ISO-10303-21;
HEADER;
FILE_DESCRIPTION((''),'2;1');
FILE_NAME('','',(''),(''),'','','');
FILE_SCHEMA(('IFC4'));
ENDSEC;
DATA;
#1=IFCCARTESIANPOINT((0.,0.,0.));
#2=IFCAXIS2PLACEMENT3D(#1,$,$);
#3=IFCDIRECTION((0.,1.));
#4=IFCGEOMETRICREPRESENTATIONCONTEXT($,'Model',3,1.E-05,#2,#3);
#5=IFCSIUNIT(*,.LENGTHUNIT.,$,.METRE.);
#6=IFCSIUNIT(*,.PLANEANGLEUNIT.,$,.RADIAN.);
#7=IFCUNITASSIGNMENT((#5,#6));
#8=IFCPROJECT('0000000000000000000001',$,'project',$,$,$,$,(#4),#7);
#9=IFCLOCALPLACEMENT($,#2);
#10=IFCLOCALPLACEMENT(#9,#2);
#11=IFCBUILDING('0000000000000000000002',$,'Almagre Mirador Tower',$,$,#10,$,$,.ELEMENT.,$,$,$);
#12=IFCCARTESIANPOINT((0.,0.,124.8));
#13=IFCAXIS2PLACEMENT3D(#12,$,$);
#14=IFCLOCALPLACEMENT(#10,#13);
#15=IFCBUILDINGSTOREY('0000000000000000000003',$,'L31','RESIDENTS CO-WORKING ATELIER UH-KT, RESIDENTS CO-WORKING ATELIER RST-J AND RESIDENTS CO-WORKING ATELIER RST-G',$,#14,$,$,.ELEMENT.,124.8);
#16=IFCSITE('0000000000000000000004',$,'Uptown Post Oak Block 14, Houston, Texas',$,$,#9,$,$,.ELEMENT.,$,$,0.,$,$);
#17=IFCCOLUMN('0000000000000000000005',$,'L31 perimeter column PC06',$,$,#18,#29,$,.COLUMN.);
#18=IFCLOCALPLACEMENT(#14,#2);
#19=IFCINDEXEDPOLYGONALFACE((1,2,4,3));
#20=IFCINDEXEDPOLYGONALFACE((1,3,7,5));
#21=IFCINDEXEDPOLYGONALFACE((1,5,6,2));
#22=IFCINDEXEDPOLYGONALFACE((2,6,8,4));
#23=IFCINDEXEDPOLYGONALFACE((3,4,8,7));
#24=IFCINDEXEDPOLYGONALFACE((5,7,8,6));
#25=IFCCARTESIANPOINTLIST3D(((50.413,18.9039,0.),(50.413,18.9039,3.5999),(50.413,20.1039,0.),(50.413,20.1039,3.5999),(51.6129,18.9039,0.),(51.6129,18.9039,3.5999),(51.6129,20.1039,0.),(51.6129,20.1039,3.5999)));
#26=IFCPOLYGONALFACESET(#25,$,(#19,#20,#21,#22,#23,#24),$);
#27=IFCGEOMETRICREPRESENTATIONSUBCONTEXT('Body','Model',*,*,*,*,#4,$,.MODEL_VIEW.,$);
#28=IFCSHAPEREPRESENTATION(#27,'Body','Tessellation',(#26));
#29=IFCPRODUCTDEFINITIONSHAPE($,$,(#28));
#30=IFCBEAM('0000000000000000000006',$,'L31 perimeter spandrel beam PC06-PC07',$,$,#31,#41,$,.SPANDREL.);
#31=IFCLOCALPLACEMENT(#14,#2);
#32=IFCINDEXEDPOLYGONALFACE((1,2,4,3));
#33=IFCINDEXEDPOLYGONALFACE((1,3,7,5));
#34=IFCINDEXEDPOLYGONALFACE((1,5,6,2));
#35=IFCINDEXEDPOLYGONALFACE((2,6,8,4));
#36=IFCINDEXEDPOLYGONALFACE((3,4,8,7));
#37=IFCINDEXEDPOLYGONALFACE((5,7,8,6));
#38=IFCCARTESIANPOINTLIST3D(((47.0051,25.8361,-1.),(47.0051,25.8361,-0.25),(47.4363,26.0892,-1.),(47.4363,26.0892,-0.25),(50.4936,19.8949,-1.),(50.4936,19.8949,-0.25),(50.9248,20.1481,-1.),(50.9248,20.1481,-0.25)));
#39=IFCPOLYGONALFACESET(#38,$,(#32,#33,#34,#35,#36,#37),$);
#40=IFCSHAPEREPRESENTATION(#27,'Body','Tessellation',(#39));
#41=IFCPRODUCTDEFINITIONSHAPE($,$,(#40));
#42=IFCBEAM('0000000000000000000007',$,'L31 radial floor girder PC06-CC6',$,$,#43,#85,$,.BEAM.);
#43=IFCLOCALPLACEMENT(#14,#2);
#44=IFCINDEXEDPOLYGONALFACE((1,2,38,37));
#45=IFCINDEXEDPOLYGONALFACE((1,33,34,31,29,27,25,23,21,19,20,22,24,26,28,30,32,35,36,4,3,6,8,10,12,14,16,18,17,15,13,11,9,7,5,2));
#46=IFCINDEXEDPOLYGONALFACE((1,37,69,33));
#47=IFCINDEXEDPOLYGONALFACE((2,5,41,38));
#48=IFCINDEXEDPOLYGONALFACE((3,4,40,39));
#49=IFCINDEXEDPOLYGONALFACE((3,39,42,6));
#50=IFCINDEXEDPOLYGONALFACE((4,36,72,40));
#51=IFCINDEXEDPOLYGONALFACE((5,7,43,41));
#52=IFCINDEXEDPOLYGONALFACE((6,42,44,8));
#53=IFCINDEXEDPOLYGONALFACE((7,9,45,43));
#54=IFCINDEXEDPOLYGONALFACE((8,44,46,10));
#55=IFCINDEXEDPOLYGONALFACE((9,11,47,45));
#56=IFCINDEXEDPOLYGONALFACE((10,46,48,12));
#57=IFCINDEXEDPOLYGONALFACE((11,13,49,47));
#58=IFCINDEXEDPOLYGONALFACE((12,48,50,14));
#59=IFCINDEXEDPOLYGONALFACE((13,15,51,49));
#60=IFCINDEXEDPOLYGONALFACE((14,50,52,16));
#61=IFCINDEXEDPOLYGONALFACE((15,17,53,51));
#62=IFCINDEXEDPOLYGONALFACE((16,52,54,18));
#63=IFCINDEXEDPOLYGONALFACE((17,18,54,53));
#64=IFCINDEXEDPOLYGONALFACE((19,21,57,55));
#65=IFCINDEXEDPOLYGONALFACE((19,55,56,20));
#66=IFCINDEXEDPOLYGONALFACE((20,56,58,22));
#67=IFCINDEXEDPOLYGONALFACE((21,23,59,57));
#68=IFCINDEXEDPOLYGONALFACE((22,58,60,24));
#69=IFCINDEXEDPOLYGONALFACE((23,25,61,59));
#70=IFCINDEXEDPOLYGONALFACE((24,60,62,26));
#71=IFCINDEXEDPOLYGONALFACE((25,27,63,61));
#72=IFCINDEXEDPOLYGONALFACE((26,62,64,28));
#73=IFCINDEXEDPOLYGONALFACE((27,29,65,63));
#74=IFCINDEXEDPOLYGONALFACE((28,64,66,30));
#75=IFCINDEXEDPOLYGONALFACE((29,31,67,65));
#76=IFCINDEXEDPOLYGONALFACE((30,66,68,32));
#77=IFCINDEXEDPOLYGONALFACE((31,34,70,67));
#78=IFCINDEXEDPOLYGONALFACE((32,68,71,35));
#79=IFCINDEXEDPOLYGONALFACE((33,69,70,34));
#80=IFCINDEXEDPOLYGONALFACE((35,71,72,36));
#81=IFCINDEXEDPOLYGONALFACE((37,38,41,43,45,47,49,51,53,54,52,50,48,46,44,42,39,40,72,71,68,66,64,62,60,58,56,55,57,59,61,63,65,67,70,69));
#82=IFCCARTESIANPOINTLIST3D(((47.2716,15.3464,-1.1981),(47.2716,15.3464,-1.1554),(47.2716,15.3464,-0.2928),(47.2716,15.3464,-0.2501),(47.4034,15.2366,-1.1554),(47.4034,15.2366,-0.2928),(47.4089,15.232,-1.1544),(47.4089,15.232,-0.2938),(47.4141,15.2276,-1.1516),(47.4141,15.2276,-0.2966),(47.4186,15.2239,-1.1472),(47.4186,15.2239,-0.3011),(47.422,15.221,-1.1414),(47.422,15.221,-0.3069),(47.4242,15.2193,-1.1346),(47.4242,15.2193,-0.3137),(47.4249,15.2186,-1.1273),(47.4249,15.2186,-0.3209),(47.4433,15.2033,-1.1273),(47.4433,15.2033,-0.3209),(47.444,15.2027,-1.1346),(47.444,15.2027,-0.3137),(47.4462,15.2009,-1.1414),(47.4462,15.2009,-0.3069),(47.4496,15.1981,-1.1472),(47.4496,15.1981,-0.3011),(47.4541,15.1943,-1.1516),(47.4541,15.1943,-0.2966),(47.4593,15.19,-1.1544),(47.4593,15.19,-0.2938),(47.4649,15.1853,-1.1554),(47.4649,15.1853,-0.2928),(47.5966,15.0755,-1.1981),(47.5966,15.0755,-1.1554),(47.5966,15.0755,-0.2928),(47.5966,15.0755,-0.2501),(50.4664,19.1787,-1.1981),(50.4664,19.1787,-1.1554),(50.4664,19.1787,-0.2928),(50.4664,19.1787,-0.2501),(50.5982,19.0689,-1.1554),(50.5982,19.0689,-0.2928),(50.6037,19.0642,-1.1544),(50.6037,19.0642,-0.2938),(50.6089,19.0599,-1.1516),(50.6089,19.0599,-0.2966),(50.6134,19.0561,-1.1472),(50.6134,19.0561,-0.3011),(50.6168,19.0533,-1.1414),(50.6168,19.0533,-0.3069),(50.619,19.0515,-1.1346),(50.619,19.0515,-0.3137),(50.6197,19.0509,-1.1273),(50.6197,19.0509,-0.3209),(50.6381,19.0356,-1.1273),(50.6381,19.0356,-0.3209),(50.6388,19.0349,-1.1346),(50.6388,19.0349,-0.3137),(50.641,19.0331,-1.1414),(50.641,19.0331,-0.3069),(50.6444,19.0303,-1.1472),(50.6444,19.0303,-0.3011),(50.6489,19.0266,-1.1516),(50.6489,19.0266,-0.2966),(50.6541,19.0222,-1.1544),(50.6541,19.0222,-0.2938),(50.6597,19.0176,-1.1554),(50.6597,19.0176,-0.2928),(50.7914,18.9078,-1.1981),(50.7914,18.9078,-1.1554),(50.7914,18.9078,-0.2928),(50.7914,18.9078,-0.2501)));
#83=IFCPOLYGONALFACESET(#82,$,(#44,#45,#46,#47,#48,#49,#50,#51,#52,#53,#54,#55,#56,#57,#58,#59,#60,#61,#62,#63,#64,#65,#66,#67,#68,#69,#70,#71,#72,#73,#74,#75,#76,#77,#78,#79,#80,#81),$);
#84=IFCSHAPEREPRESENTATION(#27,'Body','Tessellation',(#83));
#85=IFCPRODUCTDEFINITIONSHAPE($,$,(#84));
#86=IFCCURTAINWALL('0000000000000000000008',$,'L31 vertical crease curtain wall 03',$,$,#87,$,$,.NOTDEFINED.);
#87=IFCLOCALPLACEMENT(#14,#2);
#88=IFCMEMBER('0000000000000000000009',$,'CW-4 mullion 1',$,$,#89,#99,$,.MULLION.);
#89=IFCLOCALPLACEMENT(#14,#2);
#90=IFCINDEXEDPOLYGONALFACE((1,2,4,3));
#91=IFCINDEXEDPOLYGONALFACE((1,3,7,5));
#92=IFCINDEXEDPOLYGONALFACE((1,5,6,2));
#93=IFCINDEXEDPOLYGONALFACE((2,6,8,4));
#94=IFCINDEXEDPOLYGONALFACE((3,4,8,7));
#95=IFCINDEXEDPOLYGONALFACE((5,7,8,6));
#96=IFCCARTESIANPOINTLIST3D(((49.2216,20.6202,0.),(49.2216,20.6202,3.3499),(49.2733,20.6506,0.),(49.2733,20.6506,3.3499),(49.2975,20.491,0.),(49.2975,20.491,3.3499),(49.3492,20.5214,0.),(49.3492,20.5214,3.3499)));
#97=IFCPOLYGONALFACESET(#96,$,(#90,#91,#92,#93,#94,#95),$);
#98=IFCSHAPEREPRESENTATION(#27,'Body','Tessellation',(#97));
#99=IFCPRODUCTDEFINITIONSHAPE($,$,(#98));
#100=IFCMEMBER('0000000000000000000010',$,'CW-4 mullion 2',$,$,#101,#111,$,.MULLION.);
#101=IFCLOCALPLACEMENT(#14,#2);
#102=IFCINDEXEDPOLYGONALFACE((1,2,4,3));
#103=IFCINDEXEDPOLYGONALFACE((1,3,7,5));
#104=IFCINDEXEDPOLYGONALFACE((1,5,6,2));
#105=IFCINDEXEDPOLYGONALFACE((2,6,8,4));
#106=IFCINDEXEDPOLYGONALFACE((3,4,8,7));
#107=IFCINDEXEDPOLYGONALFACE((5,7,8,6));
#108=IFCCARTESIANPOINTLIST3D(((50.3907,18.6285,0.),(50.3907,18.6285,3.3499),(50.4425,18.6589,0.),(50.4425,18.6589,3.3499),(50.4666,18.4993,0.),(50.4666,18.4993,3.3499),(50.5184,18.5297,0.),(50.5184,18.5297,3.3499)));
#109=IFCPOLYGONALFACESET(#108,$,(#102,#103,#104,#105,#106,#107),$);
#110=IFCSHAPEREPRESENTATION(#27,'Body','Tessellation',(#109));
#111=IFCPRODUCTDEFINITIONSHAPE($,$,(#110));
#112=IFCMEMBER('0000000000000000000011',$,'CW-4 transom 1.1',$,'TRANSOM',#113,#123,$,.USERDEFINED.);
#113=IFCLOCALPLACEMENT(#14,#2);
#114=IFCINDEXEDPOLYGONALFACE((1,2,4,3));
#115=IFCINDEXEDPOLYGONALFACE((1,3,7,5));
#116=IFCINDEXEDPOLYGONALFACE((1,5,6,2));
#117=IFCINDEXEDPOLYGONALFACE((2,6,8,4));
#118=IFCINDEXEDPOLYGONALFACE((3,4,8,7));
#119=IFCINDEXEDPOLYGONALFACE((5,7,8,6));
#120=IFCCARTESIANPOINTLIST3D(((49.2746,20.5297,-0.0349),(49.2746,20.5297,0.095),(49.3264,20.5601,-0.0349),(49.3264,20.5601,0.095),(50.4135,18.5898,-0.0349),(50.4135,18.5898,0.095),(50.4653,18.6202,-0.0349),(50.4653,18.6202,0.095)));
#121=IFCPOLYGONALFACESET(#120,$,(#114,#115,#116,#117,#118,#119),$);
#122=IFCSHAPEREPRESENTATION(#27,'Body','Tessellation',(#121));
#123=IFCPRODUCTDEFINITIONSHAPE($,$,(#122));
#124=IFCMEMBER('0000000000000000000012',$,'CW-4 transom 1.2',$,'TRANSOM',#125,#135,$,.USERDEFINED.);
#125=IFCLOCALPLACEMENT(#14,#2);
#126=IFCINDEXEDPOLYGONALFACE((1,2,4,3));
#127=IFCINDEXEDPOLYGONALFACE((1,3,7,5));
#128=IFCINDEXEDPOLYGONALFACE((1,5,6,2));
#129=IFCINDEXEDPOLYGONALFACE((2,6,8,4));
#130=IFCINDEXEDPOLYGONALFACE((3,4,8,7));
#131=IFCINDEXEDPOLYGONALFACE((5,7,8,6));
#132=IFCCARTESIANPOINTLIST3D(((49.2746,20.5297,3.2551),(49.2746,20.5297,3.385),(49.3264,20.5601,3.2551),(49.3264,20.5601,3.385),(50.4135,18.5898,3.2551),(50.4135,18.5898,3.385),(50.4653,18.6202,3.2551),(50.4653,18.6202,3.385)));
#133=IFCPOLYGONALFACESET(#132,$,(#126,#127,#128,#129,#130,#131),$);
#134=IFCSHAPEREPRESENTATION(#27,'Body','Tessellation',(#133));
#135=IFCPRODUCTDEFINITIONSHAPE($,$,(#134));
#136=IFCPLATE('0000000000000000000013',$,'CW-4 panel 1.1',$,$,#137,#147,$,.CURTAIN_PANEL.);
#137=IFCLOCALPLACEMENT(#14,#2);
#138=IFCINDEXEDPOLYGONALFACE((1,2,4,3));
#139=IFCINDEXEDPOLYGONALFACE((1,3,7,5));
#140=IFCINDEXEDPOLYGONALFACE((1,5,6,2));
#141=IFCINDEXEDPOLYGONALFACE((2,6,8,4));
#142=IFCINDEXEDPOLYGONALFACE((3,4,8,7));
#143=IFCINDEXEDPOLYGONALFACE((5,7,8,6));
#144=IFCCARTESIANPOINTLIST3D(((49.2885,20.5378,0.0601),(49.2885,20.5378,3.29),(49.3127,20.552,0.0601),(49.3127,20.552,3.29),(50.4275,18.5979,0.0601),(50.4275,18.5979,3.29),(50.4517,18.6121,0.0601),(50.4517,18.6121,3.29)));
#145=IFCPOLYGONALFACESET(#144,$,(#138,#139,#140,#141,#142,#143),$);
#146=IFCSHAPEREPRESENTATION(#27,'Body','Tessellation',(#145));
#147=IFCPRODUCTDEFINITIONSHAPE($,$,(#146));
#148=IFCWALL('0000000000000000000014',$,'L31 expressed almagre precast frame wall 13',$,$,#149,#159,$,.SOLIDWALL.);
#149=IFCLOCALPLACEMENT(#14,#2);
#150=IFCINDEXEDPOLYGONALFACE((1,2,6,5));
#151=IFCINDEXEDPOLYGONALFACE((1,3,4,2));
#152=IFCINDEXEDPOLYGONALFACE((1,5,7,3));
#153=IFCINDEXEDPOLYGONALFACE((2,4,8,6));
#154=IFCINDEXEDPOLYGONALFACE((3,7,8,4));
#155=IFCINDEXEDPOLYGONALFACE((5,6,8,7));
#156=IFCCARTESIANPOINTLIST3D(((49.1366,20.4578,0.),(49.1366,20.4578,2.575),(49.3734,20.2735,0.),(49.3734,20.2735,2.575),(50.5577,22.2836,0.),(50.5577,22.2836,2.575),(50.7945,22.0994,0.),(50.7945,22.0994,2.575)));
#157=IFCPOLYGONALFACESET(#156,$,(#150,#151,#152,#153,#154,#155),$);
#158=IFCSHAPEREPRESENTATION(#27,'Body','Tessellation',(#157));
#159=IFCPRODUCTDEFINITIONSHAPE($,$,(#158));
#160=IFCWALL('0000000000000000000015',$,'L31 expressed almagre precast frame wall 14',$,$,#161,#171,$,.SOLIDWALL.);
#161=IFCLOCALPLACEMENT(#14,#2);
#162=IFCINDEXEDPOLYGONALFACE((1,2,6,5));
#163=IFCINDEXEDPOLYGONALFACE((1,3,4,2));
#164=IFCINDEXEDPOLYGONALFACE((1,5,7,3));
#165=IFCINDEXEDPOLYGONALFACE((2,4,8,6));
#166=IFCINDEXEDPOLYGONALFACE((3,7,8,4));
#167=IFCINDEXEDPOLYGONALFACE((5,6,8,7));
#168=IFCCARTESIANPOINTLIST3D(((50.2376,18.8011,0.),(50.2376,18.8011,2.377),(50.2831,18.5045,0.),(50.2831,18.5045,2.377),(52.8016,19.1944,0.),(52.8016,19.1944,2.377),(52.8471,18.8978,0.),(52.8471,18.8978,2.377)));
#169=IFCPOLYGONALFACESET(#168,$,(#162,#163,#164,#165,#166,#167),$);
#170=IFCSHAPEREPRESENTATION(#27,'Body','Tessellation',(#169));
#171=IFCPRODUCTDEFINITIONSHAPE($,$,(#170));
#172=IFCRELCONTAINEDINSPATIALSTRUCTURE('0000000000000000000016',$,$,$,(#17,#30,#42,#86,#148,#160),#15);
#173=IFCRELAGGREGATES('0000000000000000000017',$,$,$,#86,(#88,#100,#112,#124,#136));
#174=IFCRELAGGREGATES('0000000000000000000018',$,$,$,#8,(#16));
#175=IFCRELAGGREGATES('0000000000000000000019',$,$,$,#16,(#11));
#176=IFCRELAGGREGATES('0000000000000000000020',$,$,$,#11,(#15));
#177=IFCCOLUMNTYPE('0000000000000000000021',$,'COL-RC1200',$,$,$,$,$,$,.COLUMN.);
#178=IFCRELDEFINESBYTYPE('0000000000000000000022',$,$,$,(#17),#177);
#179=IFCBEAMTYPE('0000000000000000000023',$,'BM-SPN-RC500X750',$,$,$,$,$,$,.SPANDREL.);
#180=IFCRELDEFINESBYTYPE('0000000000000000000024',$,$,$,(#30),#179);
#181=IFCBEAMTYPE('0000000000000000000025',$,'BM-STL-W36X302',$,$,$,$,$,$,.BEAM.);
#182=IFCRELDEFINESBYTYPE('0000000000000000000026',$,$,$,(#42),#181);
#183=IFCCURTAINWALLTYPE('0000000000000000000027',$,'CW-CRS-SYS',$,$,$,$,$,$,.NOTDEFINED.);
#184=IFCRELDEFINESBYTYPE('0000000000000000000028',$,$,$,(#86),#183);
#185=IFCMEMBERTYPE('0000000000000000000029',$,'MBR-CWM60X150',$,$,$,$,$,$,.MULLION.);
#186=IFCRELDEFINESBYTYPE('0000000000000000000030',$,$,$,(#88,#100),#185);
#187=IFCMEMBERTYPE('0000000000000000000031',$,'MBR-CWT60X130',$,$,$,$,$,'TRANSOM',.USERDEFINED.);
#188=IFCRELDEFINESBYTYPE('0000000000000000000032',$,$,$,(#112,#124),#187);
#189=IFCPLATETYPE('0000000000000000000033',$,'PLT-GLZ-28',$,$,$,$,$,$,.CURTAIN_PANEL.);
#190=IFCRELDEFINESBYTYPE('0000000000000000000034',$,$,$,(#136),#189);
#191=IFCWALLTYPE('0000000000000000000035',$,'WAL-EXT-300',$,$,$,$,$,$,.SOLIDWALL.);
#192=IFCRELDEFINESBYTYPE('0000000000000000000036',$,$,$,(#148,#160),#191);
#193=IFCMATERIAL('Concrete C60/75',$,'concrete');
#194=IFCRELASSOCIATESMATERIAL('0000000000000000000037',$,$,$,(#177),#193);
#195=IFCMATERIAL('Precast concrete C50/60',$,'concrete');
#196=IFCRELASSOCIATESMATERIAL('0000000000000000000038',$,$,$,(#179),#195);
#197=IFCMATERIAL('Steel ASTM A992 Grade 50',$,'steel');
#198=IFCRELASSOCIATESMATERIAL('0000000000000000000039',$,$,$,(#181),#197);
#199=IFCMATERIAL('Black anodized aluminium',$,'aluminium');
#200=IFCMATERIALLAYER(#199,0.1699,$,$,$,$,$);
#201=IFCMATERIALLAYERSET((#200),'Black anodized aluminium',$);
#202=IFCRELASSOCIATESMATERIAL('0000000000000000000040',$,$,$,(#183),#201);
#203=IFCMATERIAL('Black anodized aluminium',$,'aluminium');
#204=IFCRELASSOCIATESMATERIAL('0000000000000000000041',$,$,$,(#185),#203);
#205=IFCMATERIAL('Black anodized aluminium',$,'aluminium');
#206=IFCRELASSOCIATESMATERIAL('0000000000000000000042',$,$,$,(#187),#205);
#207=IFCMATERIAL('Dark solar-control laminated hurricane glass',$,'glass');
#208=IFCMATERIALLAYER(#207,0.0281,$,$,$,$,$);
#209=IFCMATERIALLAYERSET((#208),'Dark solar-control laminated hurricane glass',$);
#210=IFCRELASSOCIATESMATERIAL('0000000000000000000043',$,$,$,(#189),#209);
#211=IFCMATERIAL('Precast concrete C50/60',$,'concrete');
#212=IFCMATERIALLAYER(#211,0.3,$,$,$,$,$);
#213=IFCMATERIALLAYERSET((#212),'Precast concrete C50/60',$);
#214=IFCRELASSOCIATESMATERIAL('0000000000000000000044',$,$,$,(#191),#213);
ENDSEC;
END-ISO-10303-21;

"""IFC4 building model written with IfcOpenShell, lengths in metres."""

from ifc_helpers import new_model, si_unit, direction, frame, frame_2d, origin, origin_2d, place, context, subcontext, project, spatial, rectangle, i_section, extrude, material, layer, layer_set, material_profile, profile_set, type_object, element, aggregate, save


model = new_model("IFC4")

# Units and contexts
model_context = context("Model", 3, precision=1e-05, world=origin(), true_north=direction((0.0, 1.0)))
body_context = subcontext(model_context, "Body", "Model", "MODEL_VIEW")
ifc_project = project(units=[si_unit("LENGTHUNIT", "METRE"), si_unit("PLANEANGLEUNIT", "RADIAN")], contexts=[model_context])

# Site, building, storey
site_placement = place(None, origin())
site = spatial("IfcSite", under=ifc_project, at=site_placement, Name="Uptown Post Oak Block 14, Houston, Texas", CompositionType="ELEMENT", RefElevation=0.0)
building_placement = place(site_placement, origin())
building = spatial("IfcBuilding", under=site, at=building_placement, Name="Almagre Mirador Tower", CompositionType="ELEMENT")
storey_placement = place(building_placement, frame((0.0, 0.0, 124.8)))
storey = spatial("IfcBuildingStorey", under=building, at=storey_placement, Name="L31", Description="RESIDENTS CO-WORKING ATELIER UH-KT, RESIDENTS CO-WORKING ATELIER RST-J AND RESIDENTS CO-WORKING ATELIER RST-G", CompositionType="ELEMENT", Elevation=124.8)

# Column
ifc_material_1 = material(Name="Concrete C60/75", Category="concrete")
ifc_material_profile_1 = material_profile(ifc_material_1, rectangle(XDim=1.2, YDim=1.2, at=origin_2d()), Name="RC1200X1200")
ifc_profile_set_1 = profile_set([ifc_material_profile_1], Name="Concrete C60/75")
column_type = type_object("IfcColumnType", Name="COL-RC1200", PredefinedType="COLUMN", material=ifc_profile_set_1)
column_placement = place(storey_placement, frame((51.0129, 19.5039, 0.0), z_axis=(0.0, 0.0, 1.0), x_axis=(1.0, 0.0, 0.0)))
element("IfcColumn", 1, at=column_placement, inside=storey, type_object=column_type, Name="L31 perimeter column PC06", PredefinedType="COLUMN", context=body_context, shape_type="SweptSolid", body=[
    extrude(rectangle(XDim=1.2, YDim=1.2, at=origin_2d()), origin(), (0.0, 0.0, 1.0), 3.5999),
])

# Beams
ifc_material_2 = material(Name="Precast concrete C50/60", Category="concrete")
ifc_material_profile_2 = material_profile(ifc_material_2, rectangle(XDim=0.5, YDim=0.75, at=origin_2d()), Name="RC500X750")
ifc_profile_set_2 = profile_set([ifc_material_profile_2], Name="Precast concrete C50/60")
beam_type_1 = type_object("IfcBeamType", Name="BM-SPN-RC500X750", PredefinedType="SPANDREL", material=ifc_profile_set_2)
beam_1_placement = place(storey_placement, frame((50.7092, 20.0215, -0.625), z_axis=(-0.506343, 0.862332, 0.0), x_axis=(-0.862332, -0.506343, 0.0)))
element("IfcBeam", 2, at=beam_1_placement, inside=storey, type_object=beam_type_1, Name="L31 perimeter spandrel beam PC06-PC07", PredefinedType="SPANDREL", context=body_context, shape_type="SweptSolid", body=[
    extrude(rectangle(XDim=0.5, YDim=0.75, at=origin_2d()), origin(), (0.0, 0.0, 1.0), 6.8896),
])
ifc_material_3 = material(Name="Steel ASTM A992 Grade 50", Category="steel")
ifc_material_profile_3 = material_profile(ifc_material_3, i_section(OverallWidth=0.4231, OverallDepth=0.948, WebThickness=0.0239, FlangeThickness=0.0427, FilletRadius=0.0281, at=origin_2d()), Name="W36X302")
ifc_profile_set_3 = profile_set([ifc_material_profile_3], Name="Steel ASTM A992 Grade 50")
beam_type_2 = type_object("IfcBeamType", Name="BM-STL-W36X302", PredefinedType="BEAM", material=ifc_profile_set_3)
beam_2_placement = place(storey_placement, frame((50.6289, 19.0432, -0.7241), z_axis=(-0.640334, -0.768097, 0.0), x_axis=(0.768097, -0.640334, 0.0)))
element("IfcBeam", 3, at=beam_2_placement, inside=storey, type_object=beam_type_2, Name="L31 radial floor girder PC06-CC6", PredefinedType="BEAM", context=body_context, shape_type="SweptSolid", body=[
    extrude(i_section(OverallWidth=0.4231, OverallDepth=0.948, WebThickness=0.0239, FlangeThickness=0.0427, FilletRadius=0.0281, at=origin_2d()), origin(), (0.0, 0.0, 1.0), 4.9893),
])

# Curtain wall, members, plate
ifc_material_4 = material(Name="Black anodized aluminium", Category="aluminium")
ifc_layer_1 = layer(ifc_material_4, 0.1699)
ifc_layer_set_1 = layer_set([ifc_layer_1], Name="Black anodized aluminium")
curtain_wall_type = type_object("IfcCurtainWallType", Name="CW-CRS-SYS", PredefinedType="NOTDEFINED", material=ifc_layer_set_1)
curtain_wall_placement = place(storey_placement, origin())
curtain_wall = element("IfcCurtainWall", 4, at=curtain_wall_placement, inside=storey, type_object=curtain_wall_type, Name="L31 vertical crease curtain wall 03", PredefinedType="NOTDEFINED")
ifc_material_5 = material(Name="Black anodized aluminium", Category="aluminium")
ifc_material_profile_4 = material_profile(ifc_material_5, rectangle(XDim=0.0601, YDim=0.1499, at=origin_2d()), Name="CWM60X150")
ifc_profile_set_4 = profile_set([ifc_material_profile_4], Name="Black anodized aluminium")
member_type_1 = type_object("IfcMemberType", Name="MBR-CWM60X150", PredefinedType="MULLION", material=ifc_profile_set_4)
member_1_placement = place(storey_placement, frame((49.2854, 20.5708, 0.0), z_axis=(0.0, 0.0, 1.0), x_axis=(0.86234, 0.50633, 0.0)))
member_1 = element("IfcMember", 5, at=member_1_placement, type_object=member_type_1, Name="CW-4 mullion 1", PredefinedType="MULLION", context=body_context, shape_type="SweptSolid", body=[
    extrude(rectangle(XDim=0.0601, YDim=0.1499, at=origin_2d()), origin(), (0.0, 0.0, 1.0), 3.3499),
])
member_2_placement = place(storey_placement, frame((50.4546, 18.5791, 0.0), z_axis=(0.0, 0.0, 1.0), x_axis=(0.86234, 0.50633, 0.0)))
member_2 = element("IfcMember", 6, at=member_2_placement, type_object=member_type_1, Name="CW-4 mullion 2", PredefinedType="MULLION", context=body_context, shape_type="SweptSolid", body=[
    extrude(rectangle(XDim=0.0601, YDim=0.1499, at=origin_2d()), origin(), (0.0, 0.0, 1.0), 3.3499),
])
ifc_material_6 = material(Name="Black anodized aluminium", Category="aluminium")
ifc_material_profile_5 = material_profile(ifc_material_6, rectangle(XDim=0.0601, YDim=0.1299, at=origin_2d()), Name="CWT60X130")
ifc_profile_set_5 = profile_set([ifc_material_profile_5], Name="Black anodized aluminium")
member_type_2 = type_object("IfcMemberType", Name="MBR-CWT60X130", ElementType="TRANSOM", PredefinedType="USERDEFINED", material=ifc_profile_set_5)
member_3_placement = place(storey_placement, frame((49.3005, 20.5449, 0.03), z_axis=(0.506285, -0.862366, 0.0), x_axis=(0.862366, 0.506285, 0.0)))
member_3 = element("IfcMember", 7, at=member_3_placement, type_object=member_type_2, Name="CW-4 transom 1.1", ObjectType="TRANSOM", PredefinedType="USERDEFINED", context=body_context, shape_type="SweptSolid", body=[
    extrude(rectangle(XDim=0.0601, YDim=0.1299, at=origin_2d()), origin(), (0.0, 0.0, 1.0), 2.2495),
])
member_4_placement = place(storey_placement, frame((49.3005, 20.5449, 3.3201), z_axis=(0.506285, -0.862366, 0.0), x_axis=(0.862366, 0.506285, 0.0)))
member_4 = element("IfcMember", 8, at=member_4_placement, type_object=member_type_2, Name="CW-4 transom 1.2", ObjectType="TRANSOM", PredefinedType="USERDEFINED", context=body_context, shape_type="SweptSolid", body=[
    extrude(rectangle(XDim=0.0601, YDim=0.1299, at=origin_2d()), origin(), (0.0, 0.0, 1.0), 2.2495),
])
ifc_material_7 = material(Name="Dark solar-control laminated hurricane glass", Category="glass")
ifc_layer_2 = layer(ifc_material_7, 0.0281)
ifc_layer_set_2 = layer_set([ifc_layer_2], Name="Dark solar-control laminated hurricane glass")
plate_type = type_object("IfcPlateType", Name="PLT-GLZ-28", PredefinedType="CURTAIN_PANEL", material=ifc_layer_set_2)
plate_placement = place(storey_placement, frame((49.8701, 19.575, 0.0601), z_axis=(0.0, 0.0, 1.0), x_axis=(0.50633, -0.86234, 0.0)))
plate = element("IfcPlate", 9, at=plate_placement, type_object=plate_type, Name="CW-4 panel 1.1", PredefinedType="CURTAIN_PANEL", context=body_context, shape_type="SweptSolid", body=[
    extrude(rectangle(XDim=2.2495, YDim=0.0281, at=origin_2d()), origin(), (0.0, 0.0, 1.0), 3.23),
])
aggregate(curtain_wall, [member_1, member_2, member_3, member_4, plate])

# Walls
ifc_material_8 = material(Name="Precast concrete C50/60", Category="concrete")
ifc_layer_3 = layer(ifc_material_8, 0.3)
ifc_layer_set_3 = layer_set([ifc_layer_3], Name="Precast concrete C50/60")
wall_type_1 = type_object("IfcWallType", Name="WAL-EXT-300", PredefinedType="SOLIDWALL", material=ifc_layer_set_3)
wall_1_placement = place(storey_placement, frame((50.676, 22.1914, 0.0), z_axis=(0.0, 0.0, 1.0), x_axis=(-0.614204, -0.789148, 0.0)))
element("IfcWall", 10, at=wall_1_placement, inside=storey, type_object=wall_type_1, Name="L31 expressed almagre precast frame wall 13", PredefinedType="SOLIDWALL", context=body_context, shape_type="SweptSolid", body=[
    extrude(rectangle(XDim=2.3137, YDim=0.3, at=frame_2d((1.1567, 0.0))), origin(), (0.0, 0.0, 1.0), 2.575),
])
wall_2_placement = place(storey_placement, frame((50.2605, 18.6528, 0.0), z_axis=(0.0, 0.0, 1.0), x_axis=(0.988438, 0.151626, 0.0)))
element("IfcWall", 11, at=wall_2_placement, inside=storey, type_object=wall_type_1, Name="L31 expressed almagre precast frame wall 14", PredefinedType="SOLIDWALL", context=body_context, shape_type="SweptSolid", body=[
    extrude(rectangle(XDim=2.594, YDim=0.3, at=frame_2d((1.2969, 0.0))), origin(), (0.0, 0.0, 1.0), 2.377),
])

save(model, "model.ifc")
